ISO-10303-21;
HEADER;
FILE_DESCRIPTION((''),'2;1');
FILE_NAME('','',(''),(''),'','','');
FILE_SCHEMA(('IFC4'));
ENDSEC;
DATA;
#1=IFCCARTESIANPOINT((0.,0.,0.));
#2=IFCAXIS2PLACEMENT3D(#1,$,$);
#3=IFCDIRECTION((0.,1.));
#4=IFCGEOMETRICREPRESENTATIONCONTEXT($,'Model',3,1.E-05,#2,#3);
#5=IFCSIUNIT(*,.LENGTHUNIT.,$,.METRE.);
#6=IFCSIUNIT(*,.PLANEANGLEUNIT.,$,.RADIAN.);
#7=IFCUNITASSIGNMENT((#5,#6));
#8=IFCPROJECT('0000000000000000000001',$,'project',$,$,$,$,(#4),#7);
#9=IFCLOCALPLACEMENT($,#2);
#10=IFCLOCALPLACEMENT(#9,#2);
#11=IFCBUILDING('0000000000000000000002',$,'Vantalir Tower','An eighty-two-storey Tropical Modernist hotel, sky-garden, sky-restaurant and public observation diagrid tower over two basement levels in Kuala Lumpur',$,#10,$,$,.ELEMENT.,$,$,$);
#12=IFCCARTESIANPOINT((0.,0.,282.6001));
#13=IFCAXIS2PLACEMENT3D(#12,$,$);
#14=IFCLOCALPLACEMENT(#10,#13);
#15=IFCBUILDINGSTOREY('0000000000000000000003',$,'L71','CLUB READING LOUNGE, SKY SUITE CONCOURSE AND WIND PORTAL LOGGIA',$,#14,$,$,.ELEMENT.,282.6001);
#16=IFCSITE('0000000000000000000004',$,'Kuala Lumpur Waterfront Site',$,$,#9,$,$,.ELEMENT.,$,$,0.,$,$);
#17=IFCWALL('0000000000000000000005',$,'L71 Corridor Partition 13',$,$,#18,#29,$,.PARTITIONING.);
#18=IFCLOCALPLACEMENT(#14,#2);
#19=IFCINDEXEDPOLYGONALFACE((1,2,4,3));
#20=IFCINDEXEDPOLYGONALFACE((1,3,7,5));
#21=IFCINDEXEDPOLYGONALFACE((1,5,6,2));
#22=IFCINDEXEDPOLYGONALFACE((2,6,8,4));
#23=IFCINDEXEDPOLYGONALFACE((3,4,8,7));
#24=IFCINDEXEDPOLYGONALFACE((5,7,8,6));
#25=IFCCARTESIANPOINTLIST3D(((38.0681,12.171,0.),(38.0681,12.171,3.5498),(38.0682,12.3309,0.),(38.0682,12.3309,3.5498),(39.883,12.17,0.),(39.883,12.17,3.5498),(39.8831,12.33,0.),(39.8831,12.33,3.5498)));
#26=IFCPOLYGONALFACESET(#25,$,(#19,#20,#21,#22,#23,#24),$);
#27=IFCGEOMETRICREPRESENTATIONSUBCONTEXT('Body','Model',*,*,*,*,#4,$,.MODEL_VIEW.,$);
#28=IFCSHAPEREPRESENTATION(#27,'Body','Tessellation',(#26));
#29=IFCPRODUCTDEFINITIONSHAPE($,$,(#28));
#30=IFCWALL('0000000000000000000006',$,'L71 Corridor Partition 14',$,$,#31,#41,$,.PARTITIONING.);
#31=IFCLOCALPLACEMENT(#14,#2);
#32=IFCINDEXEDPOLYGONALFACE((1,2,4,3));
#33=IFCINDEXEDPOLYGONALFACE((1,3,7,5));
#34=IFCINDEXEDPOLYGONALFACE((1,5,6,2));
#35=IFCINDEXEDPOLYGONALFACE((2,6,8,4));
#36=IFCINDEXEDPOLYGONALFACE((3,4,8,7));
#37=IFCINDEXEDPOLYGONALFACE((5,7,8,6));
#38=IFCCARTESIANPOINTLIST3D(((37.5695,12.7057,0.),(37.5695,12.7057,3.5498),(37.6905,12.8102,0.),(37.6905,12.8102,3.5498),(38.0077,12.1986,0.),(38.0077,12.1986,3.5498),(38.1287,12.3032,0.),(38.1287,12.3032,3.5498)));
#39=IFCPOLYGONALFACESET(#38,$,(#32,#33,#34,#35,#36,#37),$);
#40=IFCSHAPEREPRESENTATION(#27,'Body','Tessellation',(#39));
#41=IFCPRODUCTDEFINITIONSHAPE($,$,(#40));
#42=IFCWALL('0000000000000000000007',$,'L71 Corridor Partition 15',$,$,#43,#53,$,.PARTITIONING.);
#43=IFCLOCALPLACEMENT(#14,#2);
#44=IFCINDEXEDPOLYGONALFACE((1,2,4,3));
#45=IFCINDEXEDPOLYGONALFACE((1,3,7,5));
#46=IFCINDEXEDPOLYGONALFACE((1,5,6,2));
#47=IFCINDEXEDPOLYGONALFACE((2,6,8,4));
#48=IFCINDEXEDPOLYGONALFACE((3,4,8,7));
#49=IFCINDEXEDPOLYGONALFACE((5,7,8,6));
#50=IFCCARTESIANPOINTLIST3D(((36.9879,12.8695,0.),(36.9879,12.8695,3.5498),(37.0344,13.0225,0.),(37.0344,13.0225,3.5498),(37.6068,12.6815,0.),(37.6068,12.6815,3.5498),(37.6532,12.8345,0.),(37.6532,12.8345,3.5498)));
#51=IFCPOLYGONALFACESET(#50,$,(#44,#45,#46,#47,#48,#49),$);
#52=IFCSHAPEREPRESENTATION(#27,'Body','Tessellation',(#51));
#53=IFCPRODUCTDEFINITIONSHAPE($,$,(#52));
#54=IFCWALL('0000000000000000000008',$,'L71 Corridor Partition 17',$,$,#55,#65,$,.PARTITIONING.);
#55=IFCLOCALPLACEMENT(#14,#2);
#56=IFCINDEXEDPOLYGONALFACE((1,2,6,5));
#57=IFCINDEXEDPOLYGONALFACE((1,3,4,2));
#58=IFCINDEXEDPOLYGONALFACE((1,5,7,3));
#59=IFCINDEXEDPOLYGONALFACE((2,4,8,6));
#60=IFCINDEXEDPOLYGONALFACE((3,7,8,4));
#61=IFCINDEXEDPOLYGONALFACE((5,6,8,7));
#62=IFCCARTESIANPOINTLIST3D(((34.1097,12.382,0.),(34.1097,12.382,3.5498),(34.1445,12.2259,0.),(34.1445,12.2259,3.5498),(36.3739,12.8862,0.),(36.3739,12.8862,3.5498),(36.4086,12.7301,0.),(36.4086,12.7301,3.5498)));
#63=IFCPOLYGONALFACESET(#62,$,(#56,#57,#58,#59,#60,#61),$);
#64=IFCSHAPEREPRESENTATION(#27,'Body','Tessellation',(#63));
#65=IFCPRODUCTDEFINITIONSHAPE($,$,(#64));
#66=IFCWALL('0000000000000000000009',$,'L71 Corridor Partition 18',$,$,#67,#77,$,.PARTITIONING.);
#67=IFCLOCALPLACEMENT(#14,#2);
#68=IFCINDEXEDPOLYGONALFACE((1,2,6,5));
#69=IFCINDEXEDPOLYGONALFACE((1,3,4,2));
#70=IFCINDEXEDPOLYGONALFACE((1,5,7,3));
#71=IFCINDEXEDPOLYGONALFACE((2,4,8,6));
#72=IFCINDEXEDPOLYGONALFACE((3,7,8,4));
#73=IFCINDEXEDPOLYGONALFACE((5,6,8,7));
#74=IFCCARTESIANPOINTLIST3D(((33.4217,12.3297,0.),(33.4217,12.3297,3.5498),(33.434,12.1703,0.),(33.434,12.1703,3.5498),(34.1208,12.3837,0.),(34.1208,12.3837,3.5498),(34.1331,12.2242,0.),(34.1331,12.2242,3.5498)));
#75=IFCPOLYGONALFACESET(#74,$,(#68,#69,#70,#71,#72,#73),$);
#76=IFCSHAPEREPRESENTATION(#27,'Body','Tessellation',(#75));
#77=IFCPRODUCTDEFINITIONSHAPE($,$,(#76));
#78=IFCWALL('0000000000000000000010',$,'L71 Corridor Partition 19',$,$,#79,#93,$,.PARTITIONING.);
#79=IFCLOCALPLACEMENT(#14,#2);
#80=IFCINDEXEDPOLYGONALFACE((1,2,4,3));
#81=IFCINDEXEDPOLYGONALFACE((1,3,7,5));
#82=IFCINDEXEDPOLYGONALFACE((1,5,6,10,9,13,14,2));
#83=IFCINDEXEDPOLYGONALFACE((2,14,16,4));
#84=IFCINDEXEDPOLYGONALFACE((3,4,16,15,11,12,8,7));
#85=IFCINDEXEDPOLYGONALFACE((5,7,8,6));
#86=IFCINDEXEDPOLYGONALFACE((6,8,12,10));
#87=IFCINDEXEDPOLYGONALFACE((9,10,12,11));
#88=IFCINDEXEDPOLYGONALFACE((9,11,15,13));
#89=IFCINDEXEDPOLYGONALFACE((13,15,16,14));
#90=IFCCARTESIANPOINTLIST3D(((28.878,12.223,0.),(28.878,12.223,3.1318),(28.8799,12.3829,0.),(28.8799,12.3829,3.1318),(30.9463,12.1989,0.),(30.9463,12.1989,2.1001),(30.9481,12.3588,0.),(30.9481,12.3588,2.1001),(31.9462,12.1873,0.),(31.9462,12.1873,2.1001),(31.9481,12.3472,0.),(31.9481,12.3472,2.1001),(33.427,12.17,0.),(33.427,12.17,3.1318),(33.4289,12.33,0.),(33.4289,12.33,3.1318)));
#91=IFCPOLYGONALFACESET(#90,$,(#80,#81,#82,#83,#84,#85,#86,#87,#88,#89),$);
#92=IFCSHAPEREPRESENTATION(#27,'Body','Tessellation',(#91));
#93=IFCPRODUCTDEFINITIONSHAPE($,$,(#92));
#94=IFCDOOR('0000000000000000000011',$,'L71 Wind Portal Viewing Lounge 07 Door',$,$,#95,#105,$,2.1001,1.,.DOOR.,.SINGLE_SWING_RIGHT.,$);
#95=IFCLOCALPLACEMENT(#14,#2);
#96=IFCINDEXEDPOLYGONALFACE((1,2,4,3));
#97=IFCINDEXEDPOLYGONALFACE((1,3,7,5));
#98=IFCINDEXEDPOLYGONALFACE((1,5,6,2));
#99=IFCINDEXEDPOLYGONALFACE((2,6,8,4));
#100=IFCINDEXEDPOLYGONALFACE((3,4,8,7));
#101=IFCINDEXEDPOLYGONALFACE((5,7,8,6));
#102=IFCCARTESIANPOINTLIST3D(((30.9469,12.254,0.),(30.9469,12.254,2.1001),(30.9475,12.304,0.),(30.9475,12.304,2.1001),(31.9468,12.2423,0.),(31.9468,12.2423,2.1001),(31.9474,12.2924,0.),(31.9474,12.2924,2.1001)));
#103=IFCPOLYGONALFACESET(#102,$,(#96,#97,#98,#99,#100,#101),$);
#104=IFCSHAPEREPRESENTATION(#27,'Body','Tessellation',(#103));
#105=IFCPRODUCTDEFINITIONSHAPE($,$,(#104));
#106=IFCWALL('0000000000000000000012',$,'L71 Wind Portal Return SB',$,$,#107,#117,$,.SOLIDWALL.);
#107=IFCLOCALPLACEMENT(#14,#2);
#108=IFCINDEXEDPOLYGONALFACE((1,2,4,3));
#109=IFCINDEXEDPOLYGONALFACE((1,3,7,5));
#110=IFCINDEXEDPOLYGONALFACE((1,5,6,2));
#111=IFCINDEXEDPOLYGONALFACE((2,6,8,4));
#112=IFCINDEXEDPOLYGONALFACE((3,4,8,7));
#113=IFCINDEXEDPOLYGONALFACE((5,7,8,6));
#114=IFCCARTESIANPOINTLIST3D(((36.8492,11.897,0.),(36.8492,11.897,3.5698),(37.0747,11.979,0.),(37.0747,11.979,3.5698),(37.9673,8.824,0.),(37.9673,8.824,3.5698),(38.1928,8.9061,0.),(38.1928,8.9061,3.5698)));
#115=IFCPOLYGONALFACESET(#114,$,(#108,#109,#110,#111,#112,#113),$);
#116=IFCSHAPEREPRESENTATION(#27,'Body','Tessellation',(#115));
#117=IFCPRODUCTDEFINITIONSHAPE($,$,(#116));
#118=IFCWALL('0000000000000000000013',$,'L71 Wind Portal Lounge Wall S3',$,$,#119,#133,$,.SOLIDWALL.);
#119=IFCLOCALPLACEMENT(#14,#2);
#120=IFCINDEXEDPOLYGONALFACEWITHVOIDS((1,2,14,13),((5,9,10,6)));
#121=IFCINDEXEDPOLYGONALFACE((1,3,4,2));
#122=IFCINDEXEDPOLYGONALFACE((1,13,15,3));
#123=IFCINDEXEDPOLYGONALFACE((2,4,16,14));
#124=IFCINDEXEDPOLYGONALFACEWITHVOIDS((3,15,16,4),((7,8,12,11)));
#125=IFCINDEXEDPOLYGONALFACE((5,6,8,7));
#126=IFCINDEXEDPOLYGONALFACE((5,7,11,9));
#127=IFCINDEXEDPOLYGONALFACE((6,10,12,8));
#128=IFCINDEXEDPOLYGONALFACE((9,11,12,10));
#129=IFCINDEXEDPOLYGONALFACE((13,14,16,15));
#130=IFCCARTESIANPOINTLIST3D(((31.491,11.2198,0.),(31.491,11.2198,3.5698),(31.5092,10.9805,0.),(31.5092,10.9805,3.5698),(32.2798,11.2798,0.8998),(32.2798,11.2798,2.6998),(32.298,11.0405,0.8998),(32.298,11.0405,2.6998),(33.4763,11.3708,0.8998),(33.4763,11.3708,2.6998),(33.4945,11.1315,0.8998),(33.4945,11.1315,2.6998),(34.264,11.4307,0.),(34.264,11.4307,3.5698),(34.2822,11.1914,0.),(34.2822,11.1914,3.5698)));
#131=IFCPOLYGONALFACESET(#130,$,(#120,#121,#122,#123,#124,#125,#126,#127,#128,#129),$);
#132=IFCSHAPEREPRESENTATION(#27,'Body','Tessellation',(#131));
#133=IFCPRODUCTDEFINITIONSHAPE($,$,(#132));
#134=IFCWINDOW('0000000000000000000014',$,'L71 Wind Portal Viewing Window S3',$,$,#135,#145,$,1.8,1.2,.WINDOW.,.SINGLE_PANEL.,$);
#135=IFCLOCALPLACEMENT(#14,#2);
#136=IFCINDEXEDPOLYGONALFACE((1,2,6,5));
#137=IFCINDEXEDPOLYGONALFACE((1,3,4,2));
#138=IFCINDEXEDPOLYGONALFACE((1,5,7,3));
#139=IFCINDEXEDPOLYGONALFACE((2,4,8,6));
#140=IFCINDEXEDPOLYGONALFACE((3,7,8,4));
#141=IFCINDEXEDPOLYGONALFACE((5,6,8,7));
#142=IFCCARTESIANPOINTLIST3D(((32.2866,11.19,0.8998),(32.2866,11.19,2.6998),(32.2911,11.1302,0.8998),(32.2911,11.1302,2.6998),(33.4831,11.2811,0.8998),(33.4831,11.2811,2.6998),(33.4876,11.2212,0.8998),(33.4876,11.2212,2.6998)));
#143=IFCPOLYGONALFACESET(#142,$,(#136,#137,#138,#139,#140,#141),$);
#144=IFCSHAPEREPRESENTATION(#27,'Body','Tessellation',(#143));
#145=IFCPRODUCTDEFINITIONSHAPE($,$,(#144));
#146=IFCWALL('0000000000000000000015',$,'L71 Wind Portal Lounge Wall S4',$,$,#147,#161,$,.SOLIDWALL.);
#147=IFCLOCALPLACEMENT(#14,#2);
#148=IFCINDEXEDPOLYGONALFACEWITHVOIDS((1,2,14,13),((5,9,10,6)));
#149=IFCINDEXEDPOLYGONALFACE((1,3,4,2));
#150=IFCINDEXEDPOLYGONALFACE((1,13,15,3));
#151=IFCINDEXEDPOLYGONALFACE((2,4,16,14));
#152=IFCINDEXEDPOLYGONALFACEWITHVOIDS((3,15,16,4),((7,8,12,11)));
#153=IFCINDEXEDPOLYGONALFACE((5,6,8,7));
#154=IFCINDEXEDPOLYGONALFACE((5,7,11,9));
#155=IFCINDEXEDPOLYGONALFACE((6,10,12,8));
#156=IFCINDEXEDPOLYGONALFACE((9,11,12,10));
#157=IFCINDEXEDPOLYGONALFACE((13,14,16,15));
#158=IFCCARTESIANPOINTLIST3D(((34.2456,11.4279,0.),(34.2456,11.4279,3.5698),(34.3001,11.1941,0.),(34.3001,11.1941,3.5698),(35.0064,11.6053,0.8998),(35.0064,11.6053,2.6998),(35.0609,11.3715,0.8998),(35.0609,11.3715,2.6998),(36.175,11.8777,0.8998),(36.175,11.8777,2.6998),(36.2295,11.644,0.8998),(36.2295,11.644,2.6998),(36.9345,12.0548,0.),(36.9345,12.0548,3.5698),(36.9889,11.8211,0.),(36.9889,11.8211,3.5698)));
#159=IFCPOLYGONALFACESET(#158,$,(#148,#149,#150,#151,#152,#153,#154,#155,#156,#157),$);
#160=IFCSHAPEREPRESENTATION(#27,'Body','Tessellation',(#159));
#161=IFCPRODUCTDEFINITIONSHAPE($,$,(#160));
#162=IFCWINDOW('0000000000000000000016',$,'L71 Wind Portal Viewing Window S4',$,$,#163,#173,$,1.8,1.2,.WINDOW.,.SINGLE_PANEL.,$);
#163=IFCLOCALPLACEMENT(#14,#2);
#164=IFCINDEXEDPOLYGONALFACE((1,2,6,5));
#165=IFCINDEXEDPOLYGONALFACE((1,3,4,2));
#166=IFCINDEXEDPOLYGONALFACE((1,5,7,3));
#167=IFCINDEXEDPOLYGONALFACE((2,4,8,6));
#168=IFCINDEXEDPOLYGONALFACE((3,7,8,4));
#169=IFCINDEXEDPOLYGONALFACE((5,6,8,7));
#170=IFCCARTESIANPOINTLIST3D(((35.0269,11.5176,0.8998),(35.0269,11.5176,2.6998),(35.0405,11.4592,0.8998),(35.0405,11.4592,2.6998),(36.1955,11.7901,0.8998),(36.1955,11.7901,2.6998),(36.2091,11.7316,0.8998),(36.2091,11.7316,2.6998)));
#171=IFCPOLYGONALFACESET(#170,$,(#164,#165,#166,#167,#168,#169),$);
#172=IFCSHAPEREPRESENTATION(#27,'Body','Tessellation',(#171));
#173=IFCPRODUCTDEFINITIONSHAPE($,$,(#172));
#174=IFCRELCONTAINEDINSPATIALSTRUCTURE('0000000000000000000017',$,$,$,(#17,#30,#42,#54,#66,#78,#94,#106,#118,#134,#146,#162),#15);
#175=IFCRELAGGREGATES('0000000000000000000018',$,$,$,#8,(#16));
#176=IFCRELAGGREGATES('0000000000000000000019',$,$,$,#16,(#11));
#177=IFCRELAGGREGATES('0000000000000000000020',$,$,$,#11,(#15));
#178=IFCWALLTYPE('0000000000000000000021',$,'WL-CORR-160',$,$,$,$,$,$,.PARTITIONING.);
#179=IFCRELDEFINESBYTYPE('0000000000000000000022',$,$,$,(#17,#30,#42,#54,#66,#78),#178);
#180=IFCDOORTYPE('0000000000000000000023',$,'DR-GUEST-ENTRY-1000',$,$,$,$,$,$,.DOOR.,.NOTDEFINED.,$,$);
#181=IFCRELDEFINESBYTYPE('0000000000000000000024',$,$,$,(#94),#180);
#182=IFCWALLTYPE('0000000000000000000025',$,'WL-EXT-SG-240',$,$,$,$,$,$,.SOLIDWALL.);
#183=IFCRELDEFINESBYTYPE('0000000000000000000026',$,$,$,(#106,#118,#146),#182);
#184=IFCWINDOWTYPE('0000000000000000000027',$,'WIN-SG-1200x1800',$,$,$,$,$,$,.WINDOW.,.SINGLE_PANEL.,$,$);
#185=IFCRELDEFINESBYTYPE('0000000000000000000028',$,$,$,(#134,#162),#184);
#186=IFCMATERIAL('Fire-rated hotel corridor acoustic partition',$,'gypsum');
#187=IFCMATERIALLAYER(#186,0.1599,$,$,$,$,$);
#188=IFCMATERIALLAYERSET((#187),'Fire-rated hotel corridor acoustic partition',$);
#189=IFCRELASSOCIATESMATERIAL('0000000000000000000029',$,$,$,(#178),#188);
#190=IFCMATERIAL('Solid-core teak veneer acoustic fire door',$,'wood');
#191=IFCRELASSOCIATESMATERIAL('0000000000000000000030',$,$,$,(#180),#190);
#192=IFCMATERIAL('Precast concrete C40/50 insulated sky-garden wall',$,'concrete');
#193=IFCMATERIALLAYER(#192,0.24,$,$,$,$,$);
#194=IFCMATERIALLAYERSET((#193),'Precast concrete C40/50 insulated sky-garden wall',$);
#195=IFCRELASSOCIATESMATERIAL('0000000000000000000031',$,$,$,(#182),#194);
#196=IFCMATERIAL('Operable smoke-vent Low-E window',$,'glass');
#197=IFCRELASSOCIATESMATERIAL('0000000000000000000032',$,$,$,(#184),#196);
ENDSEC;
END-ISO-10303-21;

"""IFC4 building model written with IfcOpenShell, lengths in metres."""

from ifc_helpers import new_model, si_unit, direction, frame, frame_2d, origin, place, context, subcontext, project, spatial, rectangle, extrude, material, layer, layer_set, type_object, element, fill, save


model = new_model("IFC4")

# Units and contexts
model_context = context("Model", 3, precision=1e-05, world=origin(), true_north=direction((0.0, 1.0)))
body_context = subcontext(model_context, "Body", "Model", "MODEL_VIEW")
ifc_project = project(units=[si_unit("LENGTHUNIT", "METRE"), si_unit("PLANEANGLEUNIT", "RADIAN")], contexts=[model_context])

# Site, building, storey
site_placement = place(None, origin())
site = spatial("IfcSite", under=ifc_project, at=site_placement, Name="Kuala Lumpur Waterfront Site", CompositionType="ELEMENT", RefElevation=0.0)
building_placement = place(site_placement, origin())
building = spatial("IfcBuilding", under=site, at=building_placement, Name="Vantalir Tower", Description="An eighty-two-storey Tropical Modernist hotel, sky-garden, sky-restaurant and public observation diagrid tower over two basement levels in Kuala Lumpur", CompositionType="ELEMENT")
storey_placement = place(building_placement, frame((0.0, 0.0, 282.6001)))
storey = spatial("IfcBuildingStorey", under=building, at=storey_placement, Name="L71", Description="CLUB READING LOUNGE, SKY SUITE CONCOURSE AND WIND PORTAL LOGGIA", CompositionType="ELEMENT", Elevation=282.6001)

# Walls
ifc_material_1 = material(Name="Fire-rated hotel corridor acoustic partition", Category="gypsum")
ifc_layer_1 = layer(ifc_material_1, 0.1599)
ifc_layer_set_1 = layer_set([ifc_layer_1], Name="Fire-rated hotel corridor acoustic partition")
wall_type_1 = type_object("IfcWallType", Name="WL-CORR-160", PredefinedType="PARTITIONING", material=ifc_layer_set_1)
wall_1_placement = place(storey_placement, frame((39.8831, 12.25, 0.0), z_axis=(0.0, 0.0, 1.0), x_axis=(-1.0, 0.000538, 0.0)))
element("IfcWall", 1, at=wall_1_placement, inside=storey, type_object=wall_type_1, Name="L71 Corridor Partition 13", PredefinedType="PARTITIONING", context=body_context, shape_type="SweptSolid", body=[
    extrude(rectangle(XDim=1.8149, YDim=0.1599, at=frame_2d((0.9075, 0.0))), origin(), (0.0, 0.0, 1.0), 3.5498),
])
wall_2_placement = place(storey_placement, frame((38.0681, 12.251, 0.0), z_axis=(0.0, 0.0, 1.0), x_axis=(-0.653876, 0.756602, 0.0)))
element("IfcWall", 2, at=wall_2_placement, inside=storey, type_object=wall_type_1, Name="L71 Corridor Partition 14", PredefinedType="PARTITIONING", context=body_context, shape_type="SweptSolid", body=[
    extrude(rectangle(XDim=0.6702, YDim=0.1599, at=frame_2d((0.335, 0.0))), origin(), (0.0, 0.0, 1.0), 3.5498),
])
wall_3_placement = place(storey_placement, frame((37.6299, 12.7581, 0.0), z_axis=(0.0, 0.0, 1.0), x_axis=(-0.956834, 0.290636, 0.0)))
element("IfcWall", 3, at=wall_3_placement, inside=storey, type_object=wall_type_1, Name="L71 Corridor Partition 15", PredefinedType="PARTITIONING", context=body_context, shape_type="SweptSolid", body=[
    extrude(rectangle(XDim=0.6467, YDim=0.1599, at=frame_2d((0.3232, 0.0))), origin(), (0.0, 0.0, 1.0), 3.5498),
])
wall_4_placement = place(storey_placement, frame((36.3911, 12.8081, 0.0), z_axis=(0.0, 0.0, 1.0), x_axis=(-0.976095, -0.217343, 0.0)))
element("IfcWall", 4, at=wall_4_placement, inside=storey, type_object=wall_type_1, Name="L71 Corridor Partition 17", PredefinedType="PARTITIONING", context=body_context, shape_type="SweptSolid", body=[
    extrude(rectangle(XDim=2.3196, YDim=0.1599, at=frame_2d((1.1597, 0.0))), origin(), (0.0, 0.0, 1.0), 3.5498),
])
wall_5_placement = place(storey_placement, frame((34.127, 12.304, 0.0), z_axis=(0.0, 0.0, 1.0), x_axis=(-0.997034, -0.076963, 0.0)))
element("IfcWall", 5, at=wall_5_placement, inside=storey, type_object=wall_type_1, Name="L71 Corridor Partition 18", PredefinedType="PARTITIONING", context=body_context, shape_type="SweptSolid", body=[
    extrude(rectangle(XDim=0.7012, YDim=0.1599, at=frame_2d((0.3506, 0.0))), origin(), (0.0, 0.0, 1.0), 3.5498),
])

# Wall, opening, door
wall_6_placement = place(storey_placement, frame((33.428, 12.25, 0.0), z_axis=(0.0, 0.0, 1.0), x_axis=(-0.999932, 0.011645, 0.0)))
wall_6 = element("IfcWall", 6, at=wall_6_placement, inside=storey, type_object=wall_type_1, Name="L71 Corridor Partition 19", PredefinedType="PARTITIONING", context=body_context, shape_type="SweptSolid", body=[
    extrude(rectangle(XDim=4.5493, YDim=0.1599, at=frame_2d((2.2747, 0.0))), origin(), (0.0, 0.0, 1.0), 3.1318),
])
opening_1_placement = place(wall_6_placement, frame((1.481, 0.0, 0.0)))
opening_1 = element("IfcOpeningElement", 7, at=opening_1_placement, cuts=wall_6, PredefinedType="OPENING", context=body_context, shape_type="SweptSolid", body=[
    extrude(rectangle(XDim=1.0, YDim=2.1001, at=frame_2d((0.5, 1.05))), frame((0.0, 0.0898, 0.0), z_axis=(0.0, -1.0, 0.0), x_axis=(1.0, 0.0, 0.0)), (0.0, 0.0, 1.0), 0.1799),
])
ifc_material_2 = material(Name="Solid-core teak veneer acoustic fire door", Category="wood")
door_type = type_object("IfcDoorType", Name="DR-GUEST-ENTRY-1000", OperationType="NOTDEFINED", PredefinedType="DOOR", material=ifc_material_2)
door_placement = place(opening_1_placement, origin())
door = element("IfcDoor", 8, at=door_placement, inside=storey, type_object=door_type, Name="L71 Wind Portal Viewing Lounge 07 Door", OperationType="SINGLE_SWING_RIGHT", OverallHeight=2.1001, OverallWidth=1.0, PredefinedType="DOOR", context=body_context, shape_type="SweptSolid", body=[
    extrude(rectangle(XDim=1.0, YDim=2.1001, at=frame_2d((0.5, 1.05))), frame((0.0, 0.0249, 0.0), z_axis=(0.0, -1.0, 0.0), x_axis=(1.0, 0.0, 0.0)), (0.0, 0.0, 1.0), 0.05),
])
fill(opening_1, door)

# Wall
ifc_material_3 = material(Name="Precast concrete C40/50 insulated sky-garden wall", Category="concrete")
ifc_layer_2 = layer(ifc_material_3, 0.24)
ifc_layer_set_2 = layer_set([ifc_layer_2], Name="Precast concrete C40/50 insulated sky-garden wall")
wall_type_2 = type_object("IfcWallType", Name="WL-EXT-SG-240", PredefinedType="SOLIDWALL", material=ifc_layer_set_2)
wall_7_placement = place(storey_placement, frame((36.9619, 11.938, 0.0), z_axis=(0.0, 0.0, 1.0), x_axis=(0.341935, -0.939724, 0.0)))
element("IfcWall", 9, at=wall_7_placement, inside=storey, type_object=wall_type_2, Name="L71 Wind Portal Return SB", PredefinedType="SOLIDWALL", context=body_context, shape_type="SweptSolid", body=[
    extrude(rectangle(XDim=3.27, YDim=0.24, at=frame_2d((1.635, 0.0))), origin(), (0.0, 0.0, 1.0), 3.5698),
])

# Walls, openings, windows
wall_8_placement = place(storey_placement, frame((31.5, 11.1001, 0.0), z_axis=(0.0, 0.0, 1.0), x_axis=(0.997119, 0.075851, 0.0)))
wall_8 = element("IfcWall", 10, at=wall_8_placement, inside=storey, type_object=wall_type_2, Name="L71 Wind Portal Lounge Wall S3", PredefinedType="SOLIDWALL", context=body_context, shape_type="SweptSolid", body=[
    extrude(rectangle(XDim=2.781, YDim=0.24, at=frame_2d((1.3906, 0.0))), origin(), (0.0, 0.0, 1.0), 3.5698),
])
opening_2_placement = place(wall_8_placement, frame((0.791, 0.0, 0.8999)))
opening_2 = element("IfcOpeningElement", 11, at=opening_2_placement, cuts=wall_8, PredefinedType="OPENING", context=body_context, shape_type="SweptSolid", body=[
    extrude(rectangle(XDim=1.2, YDim=1.8, at=frame_2d((0.6001, 0.8999))), frame((0.0, 0.1299, 0.0), z_axis=(0.0, -1.0, 0.0), x_axis=(1.0, 0.0, 0.0)), (0.0, 0.0, 1.0), 0.26),
])
ifc_material_4 = material(Name="Operable smoke-vent Low-E window", Category="glass")
window_type = type_object("IfcWindowType", Name="WIN-SG-1200x1800", PartitioningType="SINGLE_PANEL", PredefinedType="WINDOW", material=ifc_material_4)
window_1_placement = place(opening_2_placement, origin())
window_1 = element("IfcWindow", 12, at=window_1_placement, inside=storey, type_object=window_type, Name="L71 Wind Portal Viewing Window S3", OverallHeight=1.8, OverallWidth=1.2, PartitioningType="SINGLE_PANEL", PredefinedType="WINDOW", context=body_context, shape_type="SweptSolid", body=[
    extrude(rectangle(XDim=1.2, YDim=1.8, at=frame_2d((0.6001, 0.8999))), frame((0.0, 0.03, 0.0), z_axis=(0.0, -1.0, 0.0), x_axis=(1.0, 0.0, 0.0)), (0.0, 0.0, 1.0), 0.0601),
])
fill(opening_2, window_1)
wall_9_placement = place(storey_placement, frame((34.2729, 11.311, 0.0), z_axis=(0.0, 0.0, 1.0), x_axis=(0.973879, 0.227067, 0.0)))
wall_9 = element("IfcWall", 13, at=wall_9_placement, inside=storey, type_object=wall_type_2, Name="L71 Wind Portal Lounge Wall S4", PredefinedType="SOLIDWALL", context=body_context, shape_type="SweptSolid", body=[
    extrude(rectangle(XDim=2.761, YDim=0.24, at=frame_2d((1.3804, 0.0))), origin(), (0.0, 0.0, 1.0), 3.5698),
])
opening_3_placement = place(wall_9_placement, frame((0.781, 0.0, 0.8999)))
opening_3 = element("IfcOpeningElement", 14, at=opening_3_placement, cuts=wall_9, PredefinedType="OPENING", context=body_context, shape_type="SweptSolid", body=[
    extrude(rectangle(XDim=1.2, YDim=1.8, at=frame_2d((0.6001, 0.8999))), frame((0.0, 0.1299, 0.0), z_axis=(0.0, -1.0, 0.0), x_axis=(1.0, 0.0, 0.0)), (0.0, 0.0, 1.0), 0.26),
])
window_2_placement = place(opening_3_placement, origin())
window_2 = element("IfcWindow", 15, at=window_2_placement, inside=storey, type_object=window_type, Name="L71 Wind Portal Viewing Window S4", OverallHeight=1.8, OverallWidth=1.2, PartitioningType="SINGLE_PANEL", PredefinedType="WINDOW", context=body_context, shape_type="SweptSolid", body=[
    extrude(rectangle(XDim=1.2, YDim=1.8, at=frame_2d((0.6001, 0.8999))), frame((0.0, 0.03, 0.0), z_axis=(0.0, -1.0, 0.0), x_axis=(1.0, 0.0, 0.0)), (0.0, 0.0, 1.0), 0.0601),
])
fill(opening_3, window_2)

save(model, "model.ifc")
